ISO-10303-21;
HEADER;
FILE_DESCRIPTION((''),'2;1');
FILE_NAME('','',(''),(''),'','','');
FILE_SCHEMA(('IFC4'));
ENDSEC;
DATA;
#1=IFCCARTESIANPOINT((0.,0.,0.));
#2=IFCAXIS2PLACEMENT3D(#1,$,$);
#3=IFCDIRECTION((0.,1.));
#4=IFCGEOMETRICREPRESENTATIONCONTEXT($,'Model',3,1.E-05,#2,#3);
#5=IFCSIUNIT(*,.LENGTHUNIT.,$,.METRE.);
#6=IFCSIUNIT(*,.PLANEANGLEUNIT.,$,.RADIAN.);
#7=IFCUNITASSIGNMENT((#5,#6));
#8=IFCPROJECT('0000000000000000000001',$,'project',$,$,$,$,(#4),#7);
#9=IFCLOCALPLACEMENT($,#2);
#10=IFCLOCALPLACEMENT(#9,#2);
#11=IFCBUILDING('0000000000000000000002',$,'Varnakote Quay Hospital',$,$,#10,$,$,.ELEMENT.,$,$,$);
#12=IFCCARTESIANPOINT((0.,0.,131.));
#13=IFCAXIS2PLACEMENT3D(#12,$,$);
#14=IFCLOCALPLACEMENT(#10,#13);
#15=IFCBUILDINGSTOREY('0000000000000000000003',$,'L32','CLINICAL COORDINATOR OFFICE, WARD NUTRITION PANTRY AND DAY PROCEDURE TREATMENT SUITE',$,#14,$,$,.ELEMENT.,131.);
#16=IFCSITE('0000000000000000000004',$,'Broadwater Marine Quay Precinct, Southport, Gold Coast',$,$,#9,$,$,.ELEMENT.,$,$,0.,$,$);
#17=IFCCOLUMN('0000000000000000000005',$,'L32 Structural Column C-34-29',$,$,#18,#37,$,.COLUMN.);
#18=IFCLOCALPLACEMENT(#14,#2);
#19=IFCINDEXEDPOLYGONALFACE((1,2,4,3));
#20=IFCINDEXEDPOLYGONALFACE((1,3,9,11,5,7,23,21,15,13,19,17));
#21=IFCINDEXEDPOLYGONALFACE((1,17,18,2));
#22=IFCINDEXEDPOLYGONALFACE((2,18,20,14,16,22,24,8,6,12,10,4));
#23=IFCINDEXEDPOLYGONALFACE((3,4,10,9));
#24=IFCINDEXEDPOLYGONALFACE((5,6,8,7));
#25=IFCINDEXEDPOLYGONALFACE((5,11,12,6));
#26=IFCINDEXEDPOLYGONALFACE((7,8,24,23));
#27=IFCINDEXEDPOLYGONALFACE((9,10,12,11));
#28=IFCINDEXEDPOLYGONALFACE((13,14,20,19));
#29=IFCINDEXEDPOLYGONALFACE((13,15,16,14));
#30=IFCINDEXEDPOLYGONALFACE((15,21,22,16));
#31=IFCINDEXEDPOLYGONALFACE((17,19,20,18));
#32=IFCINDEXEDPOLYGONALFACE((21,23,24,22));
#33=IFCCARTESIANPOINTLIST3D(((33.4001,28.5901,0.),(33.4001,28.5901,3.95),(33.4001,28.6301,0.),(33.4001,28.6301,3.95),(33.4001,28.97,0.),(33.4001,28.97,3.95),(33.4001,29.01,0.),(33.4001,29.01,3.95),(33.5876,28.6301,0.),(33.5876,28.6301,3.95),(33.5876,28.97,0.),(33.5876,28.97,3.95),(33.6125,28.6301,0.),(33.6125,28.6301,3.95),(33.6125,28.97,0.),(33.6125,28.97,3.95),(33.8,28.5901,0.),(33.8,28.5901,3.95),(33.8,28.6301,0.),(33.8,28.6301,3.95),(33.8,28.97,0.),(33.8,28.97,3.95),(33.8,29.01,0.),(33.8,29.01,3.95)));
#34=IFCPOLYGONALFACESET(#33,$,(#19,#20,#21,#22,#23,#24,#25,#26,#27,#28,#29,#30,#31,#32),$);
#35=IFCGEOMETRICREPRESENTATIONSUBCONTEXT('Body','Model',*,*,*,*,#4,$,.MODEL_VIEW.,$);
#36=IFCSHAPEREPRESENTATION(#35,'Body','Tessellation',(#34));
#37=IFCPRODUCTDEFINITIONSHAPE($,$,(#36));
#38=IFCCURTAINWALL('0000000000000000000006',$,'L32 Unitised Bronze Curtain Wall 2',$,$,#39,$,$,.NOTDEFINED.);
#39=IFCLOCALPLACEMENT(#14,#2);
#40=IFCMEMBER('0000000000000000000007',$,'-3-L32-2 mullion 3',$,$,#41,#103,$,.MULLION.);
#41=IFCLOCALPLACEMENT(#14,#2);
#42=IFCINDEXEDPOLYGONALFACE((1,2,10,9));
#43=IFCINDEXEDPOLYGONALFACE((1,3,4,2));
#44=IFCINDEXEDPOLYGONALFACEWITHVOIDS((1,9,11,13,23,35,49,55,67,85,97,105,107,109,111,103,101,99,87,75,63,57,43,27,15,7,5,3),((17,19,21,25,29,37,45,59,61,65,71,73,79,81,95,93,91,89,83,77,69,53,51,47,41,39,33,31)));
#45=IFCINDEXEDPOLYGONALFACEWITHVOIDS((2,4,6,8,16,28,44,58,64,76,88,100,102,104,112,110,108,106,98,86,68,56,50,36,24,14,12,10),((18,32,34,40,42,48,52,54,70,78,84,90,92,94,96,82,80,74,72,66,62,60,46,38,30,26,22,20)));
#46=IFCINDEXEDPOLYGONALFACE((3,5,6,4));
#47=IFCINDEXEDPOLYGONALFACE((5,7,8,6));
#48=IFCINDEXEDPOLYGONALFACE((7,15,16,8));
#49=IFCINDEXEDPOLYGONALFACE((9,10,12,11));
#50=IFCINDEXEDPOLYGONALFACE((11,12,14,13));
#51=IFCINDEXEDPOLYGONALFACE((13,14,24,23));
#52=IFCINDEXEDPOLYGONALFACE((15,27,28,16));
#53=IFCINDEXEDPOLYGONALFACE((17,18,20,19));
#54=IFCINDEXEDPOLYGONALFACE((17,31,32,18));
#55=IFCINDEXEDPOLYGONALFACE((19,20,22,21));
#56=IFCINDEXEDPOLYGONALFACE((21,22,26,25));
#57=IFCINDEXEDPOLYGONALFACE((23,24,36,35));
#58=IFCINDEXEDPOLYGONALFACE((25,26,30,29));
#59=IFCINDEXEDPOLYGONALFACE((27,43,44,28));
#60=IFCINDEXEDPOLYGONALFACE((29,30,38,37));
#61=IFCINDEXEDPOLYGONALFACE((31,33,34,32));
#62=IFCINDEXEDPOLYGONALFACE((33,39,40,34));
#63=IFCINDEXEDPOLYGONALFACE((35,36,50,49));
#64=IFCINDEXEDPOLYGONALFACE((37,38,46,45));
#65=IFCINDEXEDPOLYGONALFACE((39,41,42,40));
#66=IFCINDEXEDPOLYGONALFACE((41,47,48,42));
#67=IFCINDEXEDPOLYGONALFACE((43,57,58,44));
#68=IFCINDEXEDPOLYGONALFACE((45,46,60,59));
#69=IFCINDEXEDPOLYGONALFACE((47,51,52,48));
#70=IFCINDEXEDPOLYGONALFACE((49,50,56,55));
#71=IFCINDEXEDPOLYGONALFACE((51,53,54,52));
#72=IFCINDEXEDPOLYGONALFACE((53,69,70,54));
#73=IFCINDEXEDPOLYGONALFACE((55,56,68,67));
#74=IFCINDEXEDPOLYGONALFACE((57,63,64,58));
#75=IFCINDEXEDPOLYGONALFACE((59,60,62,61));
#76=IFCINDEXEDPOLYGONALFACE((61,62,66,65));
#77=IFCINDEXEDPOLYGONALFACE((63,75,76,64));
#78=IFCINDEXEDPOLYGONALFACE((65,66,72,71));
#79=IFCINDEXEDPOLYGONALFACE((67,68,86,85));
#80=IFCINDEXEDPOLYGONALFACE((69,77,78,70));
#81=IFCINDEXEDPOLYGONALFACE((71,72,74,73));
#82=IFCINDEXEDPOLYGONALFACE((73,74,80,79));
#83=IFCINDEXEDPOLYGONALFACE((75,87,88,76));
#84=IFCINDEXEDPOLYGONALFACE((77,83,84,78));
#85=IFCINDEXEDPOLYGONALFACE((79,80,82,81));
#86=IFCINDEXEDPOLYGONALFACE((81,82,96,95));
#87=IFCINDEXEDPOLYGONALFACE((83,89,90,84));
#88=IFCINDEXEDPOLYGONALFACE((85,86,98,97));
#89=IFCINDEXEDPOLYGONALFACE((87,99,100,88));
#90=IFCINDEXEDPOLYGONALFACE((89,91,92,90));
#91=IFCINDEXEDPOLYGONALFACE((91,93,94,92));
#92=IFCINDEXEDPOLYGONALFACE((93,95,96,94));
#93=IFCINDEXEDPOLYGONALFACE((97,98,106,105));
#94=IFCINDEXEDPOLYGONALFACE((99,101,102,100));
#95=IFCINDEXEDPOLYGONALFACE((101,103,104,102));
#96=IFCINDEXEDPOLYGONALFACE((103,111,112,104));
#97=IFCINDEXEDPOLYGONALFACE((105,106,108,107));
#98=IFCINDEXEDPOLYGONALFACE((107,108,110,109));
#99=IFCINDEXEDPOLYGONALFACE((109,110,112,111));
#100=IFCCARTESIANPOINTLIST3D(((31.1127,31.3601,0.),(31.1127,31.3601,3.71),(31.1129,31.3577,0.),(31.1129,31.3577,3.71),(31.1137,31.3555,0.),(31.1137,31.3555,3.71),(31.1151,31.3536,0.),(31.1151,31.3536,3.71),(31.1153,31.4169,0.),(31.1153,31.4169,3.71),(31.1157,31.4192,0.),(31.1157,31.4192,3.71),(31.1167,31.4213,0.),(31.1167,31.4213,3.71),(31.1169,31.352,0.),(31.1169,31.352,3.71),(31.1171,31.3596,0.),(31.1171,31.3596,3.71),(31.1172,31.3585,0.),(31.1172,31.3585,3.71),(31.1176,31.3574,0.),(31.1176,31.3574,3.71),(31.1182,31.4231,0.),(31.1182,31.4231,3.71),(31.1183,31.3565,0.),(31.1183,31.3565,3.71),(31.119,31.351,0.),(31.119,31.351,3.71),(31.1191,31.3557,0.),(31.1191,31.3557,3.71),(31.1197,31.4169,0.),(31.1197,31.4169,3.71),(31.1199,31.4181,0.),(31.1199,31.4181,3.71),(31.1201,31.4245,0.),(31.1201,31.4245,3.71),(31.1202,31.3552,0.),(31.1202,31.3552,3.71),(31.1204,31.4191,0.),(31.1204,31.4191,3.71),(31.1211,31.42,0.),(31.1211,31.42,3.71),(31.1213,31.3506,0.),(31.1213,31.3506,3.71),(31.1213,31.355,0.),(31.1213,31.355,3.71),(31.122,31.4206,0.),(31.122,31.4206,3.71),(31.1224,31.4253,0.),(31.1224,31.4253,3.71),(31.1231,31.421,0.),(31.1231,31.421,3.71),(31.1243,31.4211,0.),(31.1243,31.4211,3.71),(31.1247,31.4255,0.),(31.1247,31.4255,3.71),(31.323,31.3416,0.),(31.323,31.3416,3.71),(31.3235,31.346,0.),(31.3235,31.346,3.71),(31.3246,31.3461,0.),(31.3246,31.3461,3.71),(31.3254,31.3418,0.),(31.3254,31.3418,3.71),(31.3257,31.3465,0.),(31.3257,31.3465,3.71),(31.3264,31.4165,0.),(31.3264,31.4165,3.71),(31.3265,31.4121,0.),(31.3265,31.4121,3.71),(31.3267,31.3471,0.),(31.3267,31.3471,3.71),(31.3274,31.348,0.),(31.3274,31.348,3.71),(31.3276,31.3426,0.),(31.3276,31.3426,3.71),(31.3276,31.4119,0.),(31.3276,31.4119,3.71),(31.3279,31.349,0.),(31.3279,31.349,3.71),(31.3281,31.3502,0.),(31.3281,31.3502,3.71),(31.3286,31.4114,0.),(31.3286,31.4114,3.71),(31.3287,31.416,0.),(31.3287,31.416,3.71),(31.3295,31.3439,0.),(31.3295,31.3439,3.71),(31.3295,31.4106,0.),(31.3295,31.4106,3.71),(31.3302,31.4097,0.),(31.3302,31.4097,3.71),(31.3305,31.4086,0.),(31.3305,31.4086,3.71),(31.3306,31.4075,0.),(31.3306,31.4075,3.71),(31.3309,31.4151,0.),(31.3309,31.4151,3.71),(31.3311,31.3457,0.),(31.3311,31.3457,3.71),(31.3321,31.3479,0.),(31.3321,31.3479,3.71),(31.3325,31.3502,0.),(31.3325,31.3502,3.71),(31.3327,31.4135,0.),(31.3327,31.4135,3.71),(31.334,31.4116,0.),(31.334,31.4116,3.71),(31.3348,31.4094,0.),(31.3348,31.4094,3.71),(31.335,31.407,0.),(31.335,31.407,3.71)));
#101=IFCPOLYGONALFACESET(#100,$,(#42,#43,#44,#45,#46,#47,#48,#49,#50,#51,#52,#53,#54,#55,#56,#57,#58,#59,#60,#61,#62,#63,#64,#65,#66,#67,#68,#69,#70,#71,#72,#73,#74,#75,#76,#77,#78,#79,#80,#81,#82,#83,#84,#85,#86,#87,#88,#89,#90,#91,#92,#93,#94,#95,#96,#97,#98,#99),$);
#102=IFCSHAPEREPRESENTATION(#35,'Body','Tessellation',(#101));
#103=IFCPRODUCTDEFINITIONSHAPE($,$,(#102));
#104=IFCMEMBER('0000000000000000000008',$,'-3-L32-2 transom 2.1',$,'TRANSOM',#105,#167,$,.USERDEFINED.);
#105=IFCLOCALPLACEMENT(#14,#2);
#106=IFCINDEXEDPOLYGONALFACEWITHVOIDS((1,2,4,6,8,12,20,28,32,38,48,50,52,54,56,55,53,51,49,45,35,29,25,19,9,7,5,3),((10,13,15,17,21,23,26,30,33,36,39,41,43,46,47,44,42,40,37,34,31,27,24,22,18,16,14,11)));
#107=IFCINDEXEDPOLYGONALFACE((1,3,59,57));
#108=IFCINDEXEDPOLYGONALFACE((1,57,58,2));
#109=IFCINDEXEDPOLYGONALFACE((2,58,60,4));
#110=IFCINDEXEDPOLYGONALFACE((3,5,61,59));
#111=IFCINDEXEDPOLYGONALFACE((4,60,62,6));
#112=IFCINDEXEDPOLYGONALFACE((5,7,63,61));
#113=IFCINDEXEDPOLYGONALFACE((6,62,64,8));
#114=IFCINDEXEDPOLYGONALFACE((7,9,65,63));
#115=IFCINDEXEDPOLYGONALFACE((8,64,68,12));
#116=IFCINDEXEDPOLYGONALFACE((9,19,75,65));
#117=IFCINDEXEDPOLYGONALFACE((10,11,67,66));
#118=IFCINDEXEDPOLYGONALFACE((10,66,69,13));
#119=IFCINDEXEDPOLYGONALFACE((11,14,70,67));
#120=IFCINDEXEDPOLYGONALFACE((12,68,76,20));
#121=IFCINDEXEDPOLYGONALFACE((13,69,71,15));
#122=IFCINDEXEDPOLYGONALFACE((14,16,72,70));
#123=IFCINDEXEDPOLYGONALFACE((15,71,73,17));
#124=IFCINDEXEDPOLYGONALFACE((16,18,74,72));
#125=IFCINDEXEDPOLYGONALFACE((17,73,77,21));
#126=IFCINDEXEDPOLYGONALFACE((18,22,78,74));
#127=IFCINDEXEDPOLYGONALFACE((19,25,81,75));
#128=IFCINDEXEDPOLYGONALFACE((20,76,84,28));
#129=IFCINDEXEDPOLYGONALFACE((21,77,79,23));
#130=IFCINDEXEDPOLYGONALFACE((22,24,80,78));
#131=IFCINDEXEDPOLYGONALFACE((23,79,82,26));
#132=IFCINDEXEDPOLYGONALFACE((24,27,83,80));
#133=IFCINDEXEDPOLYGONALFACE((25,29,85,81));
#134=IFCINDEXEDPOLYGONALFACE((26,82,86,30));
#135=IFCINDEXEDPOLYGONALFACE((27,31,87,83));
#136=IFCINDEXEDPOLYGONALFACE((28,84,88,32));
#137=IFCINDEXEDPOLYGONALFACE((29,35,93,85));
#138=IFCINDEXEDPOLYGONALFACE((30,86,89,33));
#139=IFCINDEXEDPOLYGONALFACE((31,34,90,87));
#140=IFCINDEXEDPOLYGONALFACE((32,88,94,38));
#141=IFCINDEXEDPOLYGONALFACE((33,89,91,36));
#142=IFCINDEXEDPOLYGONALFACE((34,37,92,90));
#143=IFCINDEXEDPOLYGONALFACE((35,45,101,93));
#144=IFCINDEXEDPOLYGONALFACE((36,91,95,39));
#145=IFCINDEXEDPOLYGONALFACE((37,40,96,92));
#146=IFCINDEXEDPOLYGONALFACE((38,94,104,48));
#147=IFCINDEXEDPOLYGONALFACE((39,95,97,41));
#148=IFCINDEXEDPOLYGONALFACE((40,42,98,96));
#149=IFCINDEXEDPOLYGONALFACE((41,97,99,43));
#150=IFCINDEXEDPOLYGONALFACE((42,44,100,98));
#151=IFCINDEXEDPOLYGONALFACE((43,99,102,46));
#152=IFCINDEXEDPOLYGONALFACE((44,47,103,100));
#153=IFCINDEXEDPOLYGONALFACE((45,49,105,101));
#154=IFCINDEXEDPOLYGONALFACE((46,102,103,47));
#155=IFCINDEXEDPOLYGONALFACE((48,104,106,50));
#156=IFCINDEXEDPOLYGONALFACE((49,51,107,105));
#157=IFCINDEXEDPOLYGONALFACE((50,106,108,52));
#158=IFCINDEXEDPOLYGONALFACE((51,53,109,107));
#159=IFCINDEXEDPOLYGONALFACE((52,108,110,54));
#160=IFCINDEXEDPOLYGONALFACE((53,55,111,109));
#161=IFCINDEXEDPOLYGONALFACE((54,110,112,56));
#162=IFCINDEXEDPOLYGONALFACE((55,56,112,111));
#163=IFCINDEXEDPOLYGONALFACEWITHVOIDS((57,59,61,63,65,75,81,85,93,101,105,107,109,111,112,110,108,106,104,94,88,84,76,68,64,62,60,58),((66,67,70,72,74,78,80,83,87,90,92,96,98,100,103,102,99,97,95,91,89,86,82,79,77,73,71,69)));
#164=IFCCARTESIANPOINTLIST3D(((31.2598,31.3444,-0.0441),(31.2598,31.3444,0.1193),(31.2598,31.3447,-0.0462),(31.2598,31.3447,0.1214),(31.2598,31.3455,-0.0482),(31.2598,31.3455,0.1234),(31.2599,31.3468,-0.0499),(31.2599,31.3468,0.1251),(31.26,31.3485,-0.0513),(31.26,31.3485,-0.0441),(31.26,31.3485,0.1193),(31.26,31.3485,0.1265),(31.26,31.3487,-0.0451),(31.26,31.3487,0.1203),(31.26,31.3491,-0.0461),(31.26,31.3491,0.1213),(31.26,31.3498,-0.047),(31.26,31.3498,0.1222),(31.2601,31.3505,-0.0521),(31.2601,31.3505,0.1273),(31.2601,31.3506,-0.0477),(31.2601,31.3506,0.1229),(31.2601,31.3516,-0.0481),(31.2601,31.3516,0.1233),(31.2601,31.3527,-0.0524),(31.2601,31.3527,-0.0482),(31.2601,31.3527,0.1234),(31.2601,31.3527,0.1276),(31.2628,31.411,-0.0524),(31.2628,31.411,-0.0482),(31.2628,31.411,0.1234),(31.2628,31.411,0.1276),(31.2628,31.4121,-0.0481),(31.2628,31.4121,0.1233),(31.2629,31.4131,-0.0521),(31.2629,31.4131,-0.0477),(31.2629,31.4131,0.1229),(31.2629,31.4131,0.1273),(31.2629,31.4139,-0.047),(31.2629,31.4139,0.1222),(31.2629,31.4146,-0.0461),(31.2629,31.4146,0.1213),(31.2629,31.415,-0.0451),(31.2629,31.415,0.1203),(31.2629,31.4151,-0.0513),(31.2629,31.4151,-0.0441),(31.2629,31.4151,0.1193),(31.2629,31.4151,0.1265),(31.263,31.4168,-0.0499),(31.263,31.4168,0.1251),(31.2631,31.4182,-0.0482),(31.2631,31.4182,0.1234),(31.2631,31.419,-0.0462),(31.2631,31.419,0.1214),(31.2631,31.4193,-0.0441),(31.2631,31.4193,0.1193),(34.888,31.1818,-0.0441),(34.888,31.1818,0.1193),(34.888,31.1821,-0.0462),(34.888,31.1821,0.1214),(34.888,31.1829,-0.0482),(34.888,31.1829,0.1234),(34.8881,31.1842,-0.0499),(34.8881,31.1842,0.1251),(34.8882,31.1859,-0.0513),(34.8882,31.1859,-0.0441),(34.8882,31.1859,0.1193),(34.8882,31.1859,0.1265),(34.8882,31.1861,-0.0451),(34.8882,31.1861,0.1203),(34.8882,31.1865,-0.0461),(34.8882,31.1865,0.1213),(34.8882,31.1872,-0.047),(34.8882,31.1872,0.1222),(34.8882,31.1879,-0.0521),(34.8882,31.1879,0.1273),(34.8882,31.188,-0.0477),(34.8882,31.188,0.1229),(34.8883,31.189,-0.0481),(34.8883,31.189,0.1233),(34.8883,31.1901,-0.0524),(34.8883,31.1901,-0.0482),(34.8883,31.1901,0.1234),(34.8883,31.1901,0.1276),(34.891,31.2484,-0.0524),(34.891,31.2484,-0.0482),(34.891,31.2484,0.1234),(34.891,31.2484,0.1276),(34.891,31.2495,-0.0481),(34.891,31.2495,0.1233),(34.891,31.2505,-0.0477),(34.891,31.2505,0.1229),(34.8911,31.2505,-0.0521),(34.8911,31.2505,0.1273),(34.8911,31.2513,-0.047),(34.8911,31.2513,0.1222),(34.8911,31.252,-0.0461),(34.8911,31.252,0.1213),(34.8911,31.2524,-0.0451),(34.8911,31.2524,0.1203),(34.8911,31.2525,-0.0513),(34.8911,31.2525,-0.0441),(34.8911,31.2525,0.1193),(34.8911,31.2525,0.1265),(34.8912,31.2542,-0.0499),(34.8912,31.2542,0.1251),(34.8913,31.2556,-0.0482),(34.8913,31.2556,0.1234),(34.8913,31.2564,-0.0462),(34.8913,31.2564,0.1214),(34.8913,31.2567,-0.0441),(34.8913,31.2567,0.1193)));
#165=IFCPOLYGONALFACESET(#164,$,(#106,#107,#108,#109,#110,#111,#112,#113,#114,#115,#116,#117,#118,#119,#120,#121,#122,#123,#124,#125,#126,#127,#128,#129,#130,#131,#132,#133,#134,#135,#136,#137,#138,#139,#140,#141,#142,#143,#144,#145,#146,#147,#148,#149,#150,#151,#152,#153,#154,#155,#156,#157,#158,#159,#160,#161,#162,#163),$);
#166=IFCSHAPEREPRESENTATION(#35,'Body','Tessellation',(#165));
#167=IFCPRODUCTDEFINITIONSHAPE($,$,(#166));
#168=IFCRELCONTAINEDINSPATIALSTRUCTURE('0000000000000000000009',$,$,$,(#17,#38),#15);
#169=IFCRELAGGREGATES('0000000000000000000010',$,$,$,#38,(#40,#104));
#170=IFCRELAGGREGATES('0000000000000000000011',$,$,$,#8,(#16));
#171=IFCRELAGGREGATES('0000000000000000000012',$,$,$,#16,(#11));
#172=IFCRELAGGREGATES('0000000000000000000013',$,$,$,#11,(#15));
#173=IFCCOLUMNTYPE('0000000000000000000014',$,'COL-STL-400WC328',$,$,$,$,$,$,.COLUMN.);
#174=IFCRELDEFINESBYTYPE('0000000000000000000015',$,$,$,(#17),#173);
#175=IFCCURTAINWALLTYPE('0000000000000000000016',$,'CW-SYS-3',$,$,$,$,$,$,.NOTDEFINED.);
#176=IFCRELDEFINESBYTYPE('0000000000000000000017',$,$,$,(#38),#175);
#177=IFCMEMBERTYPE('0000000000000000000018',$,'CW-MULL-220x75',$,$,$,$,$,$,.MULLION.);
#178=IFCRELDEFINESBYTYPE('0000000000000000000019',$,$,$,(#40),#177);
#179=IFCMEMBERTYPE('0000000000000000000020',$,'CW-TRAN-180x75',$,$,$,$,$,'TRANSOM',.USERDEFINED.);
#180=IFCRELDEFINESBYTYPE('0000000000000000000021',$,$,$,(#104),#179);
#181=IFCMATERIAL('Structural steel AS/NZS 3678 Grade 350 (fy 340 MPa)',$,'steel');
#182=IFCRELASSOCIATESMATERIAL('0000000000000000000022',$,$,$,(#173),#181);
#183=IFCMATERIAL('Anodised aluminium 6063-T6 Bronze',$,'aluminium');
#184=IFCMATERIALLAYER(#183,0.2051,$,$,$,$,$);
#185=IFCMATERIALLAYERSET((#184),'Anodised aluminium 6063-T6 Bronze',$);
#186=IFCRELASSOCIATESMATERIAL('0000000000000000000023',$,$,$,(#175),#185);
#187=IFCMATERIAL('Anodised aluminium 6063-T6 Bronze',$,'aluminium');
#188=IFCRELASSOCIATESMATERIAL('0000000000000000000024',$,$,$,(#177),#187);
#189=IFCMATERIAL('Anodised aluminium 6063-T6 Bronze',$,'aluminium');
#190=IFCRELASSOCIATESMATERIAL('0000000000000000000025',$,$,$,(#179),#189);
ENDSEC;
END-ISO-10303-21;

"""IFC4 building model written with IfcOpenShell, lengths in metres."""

from ifc_helpers import new_model, si_unit, direction, frame, origin, origin_2d, place, context, subcontext, project, spatial, hollow_rectangle, i_section, extrude, material, layer, layer_set, material_profile, profile_set, type_object, element, aggregate, save


model = new_model("IFC4")

# Units and contexts
model_context = context("Model", 3, precision=1e-05, world=origin(), true_north=direction((0.0, 1.0)))
body_context = subcontext(model_context, "Body", "Model", "MODEL_VIEW")
ifc_project = project(units=[si_unit("LENGTHUNIT", "METRE"), si_unit("PLANEANGLEUNIT", "RADIAN")], contexts=[model_context])

# Site, building, storey
site_placement = place(None, origin())
site = spatial("IfcSite", under=ifc_project, at=site_placement, Name="Broadwater Marine Quay Precinct, Southport, Gold Coast", CompositionType="ELEMENT", RefElevation=0.0)
building_placement = place(site_placement, origin())
building = spatial("IfcBuilding", under=site, at=building_placement, Name="Varnakote Quay Hospital", CompositionType="ELEMENT")
storey_placement = place(building_placement, frame((0.0, 0.0, 131.0)))
storey = spatial("IfcBuildingStorey", under=building, at=storey_placement, Name="L32", Description="CLINICAL COORDINATOR OFFICE, WARD NUTRITION PANTRY AND DAY PROCEDURE TREATMENT SUITE", CompositionType="ELEMENT", Elevation=131.0)

# Column
ifc_material_1 = material(Name="Structural steel AS/NZS 3678 Grade 350 (fy 340 MPa)", Category="steel")
ifc_material_profile_1 = material_profile(ifc_material_1, i_section(OverallWidth=0.3999, OverallDepth=0.4199, WebThickness=0.0249, FlangeThickness=0.04, at=origin_2d()), Name="400WC328")
ifc_profile_set_1 = profile_set([ifc_material_profile_1], Name="Structural steel AS/NZS 3678 Grade 350 (fy 340 MPa)")
column_type = type_object("IfcColumnType", Name="COL-STL-400WC328", PredefinedType="COLUMN", material=ifc_profile_set_1)
column_placement = place(storey_placement, frame((33.6001, 28.8, 0.0), z_axis=(0.0, 0.0, 1.0), x_axis=(1.0, 0.0, 0.0)))
element("IfcColumn", 1, at=column_placement, inside=storey, type_object=column_type, Name="L32 Structural Column C-34-29", PredefinedType="COLUMN", context=body_context, shape_type="SweptSolid", body=[
    extrude(i_section(OverallWidth=0.3999, OverallDepth=0.4199, WebThickness=0.0249, FlangeThickness=0.04, at=origin_2d()), origin(), (0.0, 0.0, 1.0), 3.95),
])

# Curtain wall, members
ifc_material_2 = material(Name="Anodised aluminium 6063-T6 Bronze", Category="aluminium")
ifc_layer_1 = layer(ifc_material_2, 0.2051)
ifc_layer_set_1 = layer_set([ifc_layer_1], Name="Anodised aluminium 6063-T6 Bronze")
curtain_wall_type = type_object("IfcCurtainWallType", Name="CW-SYS-3", PredefinedType="NOTDEFINED", material=ifc_layer_set_1)
curtain_wall_placement = place(storey_placement, origin())
curtain_wall = element("IfcCurtainWall", 2, at=curtain_wall_placement, inside=storey, type_object=curtain_wall_type, Name="L32 Unitised Bronze Curtain Wall 2", PredefinedType="NOTDEFINED")
ifc_material_3 = material(Name="Anodised aluminium 6063-T6 Bronze", Category="aluminium")
ifc_material_profile_2 = material_profile(ifc_material_3, hollow_rectangle(XDim=0.075, YDim=0.22, WallThickness=0.0044, InnerFilletRadius=0.0044, OuterFilletRadius=0.009, at=origin_2d()), Name="CW-MULL-220x75")
ifc_profile_set_2 = profile_set([ifc_material_profile_2], Name="Anodised aluminium 6063-T6 Bronze")
member_type_1 = type_object("IfcMemberType", Name="CW-MULL-220x75", PredefinedType="MULLION", material=ifc_profile_set_2)
member_1_placement = place(storey_placement, frame((31.2239, 31.3835, 0.0), z_axis=(0.0, 0.0, 1.0), x_axis=(-0.044782, -0.998997, 0.0)))
member_1 = element("IfcMember", 3, at=member_1_placement, type_object=member_type_1, Name="-3-L32-2 mullion 3", PredefinedType="MULLION", context=body_context, shape_type="SweptSolid", body=[
    extrude(hollow_rectangle(XDim=0.075, YDim=0.22, WallThickness=0.0044, InnerFilletRadius=0.0044, OuterFilletRadius=0.009, at=origin_2d()), origin(), (0.0, 0.0, 1.0), 3.71),
])
ifc_material_4 = material(Name="Anodised aluminium 6063-T6 Bronze", Category="aluminium")
ifc_material_profile_3 = material_profile(ifc_material_4, hollow_rectangle(XDim=0.075, YDim=0.1799, WallThickness=0.0042, InnerFilletRadius=0.0042, OuterFilletRadius=0.0083, at=origin_2d()), Name="CW-TRAN-180x75")
ifc_profile_set_3 = profile_set([ifc_material_profile_3], Name="Anodised aluminium 6063-T6 Bronze")
member_type_2 = type_object("IfcMemberType", Name="CW-TRAN-180x75", ElementType="TRANSOM", PredefinedType="USERDEFINED", material=ifc_profile_set_3)
member_2_placement = place(storey_placement, frame((34.8896, 31.2192, 0.0376), z_axis=(-0.998997, 0.04477, 0.0), x_axis=(-0.04477, -0.998997, 0.0)))
member_2 = element("IfcMember", 4, at=member_2_placement, type_object=member_type_2, Name="-3-L32-2 transom 2.1", ObjectType="TRANSOM", PredefinedType="USERDEFINED", context=body_context, shape_type="SweptSolid", body=[
    extrude(hollow_rectangle(XDim=0.075, YDim=0.1799, WallThickness=0.0042, InnerFilletRadius=0.0042, OuterFilletRadius=0.0083, at=origin_2d()), origin(), (0.0, 0.0, 1.0), 3.6318),
])

aggregate(curtain_wall, [member_1, member_2])

save(model, "model.ifc")
